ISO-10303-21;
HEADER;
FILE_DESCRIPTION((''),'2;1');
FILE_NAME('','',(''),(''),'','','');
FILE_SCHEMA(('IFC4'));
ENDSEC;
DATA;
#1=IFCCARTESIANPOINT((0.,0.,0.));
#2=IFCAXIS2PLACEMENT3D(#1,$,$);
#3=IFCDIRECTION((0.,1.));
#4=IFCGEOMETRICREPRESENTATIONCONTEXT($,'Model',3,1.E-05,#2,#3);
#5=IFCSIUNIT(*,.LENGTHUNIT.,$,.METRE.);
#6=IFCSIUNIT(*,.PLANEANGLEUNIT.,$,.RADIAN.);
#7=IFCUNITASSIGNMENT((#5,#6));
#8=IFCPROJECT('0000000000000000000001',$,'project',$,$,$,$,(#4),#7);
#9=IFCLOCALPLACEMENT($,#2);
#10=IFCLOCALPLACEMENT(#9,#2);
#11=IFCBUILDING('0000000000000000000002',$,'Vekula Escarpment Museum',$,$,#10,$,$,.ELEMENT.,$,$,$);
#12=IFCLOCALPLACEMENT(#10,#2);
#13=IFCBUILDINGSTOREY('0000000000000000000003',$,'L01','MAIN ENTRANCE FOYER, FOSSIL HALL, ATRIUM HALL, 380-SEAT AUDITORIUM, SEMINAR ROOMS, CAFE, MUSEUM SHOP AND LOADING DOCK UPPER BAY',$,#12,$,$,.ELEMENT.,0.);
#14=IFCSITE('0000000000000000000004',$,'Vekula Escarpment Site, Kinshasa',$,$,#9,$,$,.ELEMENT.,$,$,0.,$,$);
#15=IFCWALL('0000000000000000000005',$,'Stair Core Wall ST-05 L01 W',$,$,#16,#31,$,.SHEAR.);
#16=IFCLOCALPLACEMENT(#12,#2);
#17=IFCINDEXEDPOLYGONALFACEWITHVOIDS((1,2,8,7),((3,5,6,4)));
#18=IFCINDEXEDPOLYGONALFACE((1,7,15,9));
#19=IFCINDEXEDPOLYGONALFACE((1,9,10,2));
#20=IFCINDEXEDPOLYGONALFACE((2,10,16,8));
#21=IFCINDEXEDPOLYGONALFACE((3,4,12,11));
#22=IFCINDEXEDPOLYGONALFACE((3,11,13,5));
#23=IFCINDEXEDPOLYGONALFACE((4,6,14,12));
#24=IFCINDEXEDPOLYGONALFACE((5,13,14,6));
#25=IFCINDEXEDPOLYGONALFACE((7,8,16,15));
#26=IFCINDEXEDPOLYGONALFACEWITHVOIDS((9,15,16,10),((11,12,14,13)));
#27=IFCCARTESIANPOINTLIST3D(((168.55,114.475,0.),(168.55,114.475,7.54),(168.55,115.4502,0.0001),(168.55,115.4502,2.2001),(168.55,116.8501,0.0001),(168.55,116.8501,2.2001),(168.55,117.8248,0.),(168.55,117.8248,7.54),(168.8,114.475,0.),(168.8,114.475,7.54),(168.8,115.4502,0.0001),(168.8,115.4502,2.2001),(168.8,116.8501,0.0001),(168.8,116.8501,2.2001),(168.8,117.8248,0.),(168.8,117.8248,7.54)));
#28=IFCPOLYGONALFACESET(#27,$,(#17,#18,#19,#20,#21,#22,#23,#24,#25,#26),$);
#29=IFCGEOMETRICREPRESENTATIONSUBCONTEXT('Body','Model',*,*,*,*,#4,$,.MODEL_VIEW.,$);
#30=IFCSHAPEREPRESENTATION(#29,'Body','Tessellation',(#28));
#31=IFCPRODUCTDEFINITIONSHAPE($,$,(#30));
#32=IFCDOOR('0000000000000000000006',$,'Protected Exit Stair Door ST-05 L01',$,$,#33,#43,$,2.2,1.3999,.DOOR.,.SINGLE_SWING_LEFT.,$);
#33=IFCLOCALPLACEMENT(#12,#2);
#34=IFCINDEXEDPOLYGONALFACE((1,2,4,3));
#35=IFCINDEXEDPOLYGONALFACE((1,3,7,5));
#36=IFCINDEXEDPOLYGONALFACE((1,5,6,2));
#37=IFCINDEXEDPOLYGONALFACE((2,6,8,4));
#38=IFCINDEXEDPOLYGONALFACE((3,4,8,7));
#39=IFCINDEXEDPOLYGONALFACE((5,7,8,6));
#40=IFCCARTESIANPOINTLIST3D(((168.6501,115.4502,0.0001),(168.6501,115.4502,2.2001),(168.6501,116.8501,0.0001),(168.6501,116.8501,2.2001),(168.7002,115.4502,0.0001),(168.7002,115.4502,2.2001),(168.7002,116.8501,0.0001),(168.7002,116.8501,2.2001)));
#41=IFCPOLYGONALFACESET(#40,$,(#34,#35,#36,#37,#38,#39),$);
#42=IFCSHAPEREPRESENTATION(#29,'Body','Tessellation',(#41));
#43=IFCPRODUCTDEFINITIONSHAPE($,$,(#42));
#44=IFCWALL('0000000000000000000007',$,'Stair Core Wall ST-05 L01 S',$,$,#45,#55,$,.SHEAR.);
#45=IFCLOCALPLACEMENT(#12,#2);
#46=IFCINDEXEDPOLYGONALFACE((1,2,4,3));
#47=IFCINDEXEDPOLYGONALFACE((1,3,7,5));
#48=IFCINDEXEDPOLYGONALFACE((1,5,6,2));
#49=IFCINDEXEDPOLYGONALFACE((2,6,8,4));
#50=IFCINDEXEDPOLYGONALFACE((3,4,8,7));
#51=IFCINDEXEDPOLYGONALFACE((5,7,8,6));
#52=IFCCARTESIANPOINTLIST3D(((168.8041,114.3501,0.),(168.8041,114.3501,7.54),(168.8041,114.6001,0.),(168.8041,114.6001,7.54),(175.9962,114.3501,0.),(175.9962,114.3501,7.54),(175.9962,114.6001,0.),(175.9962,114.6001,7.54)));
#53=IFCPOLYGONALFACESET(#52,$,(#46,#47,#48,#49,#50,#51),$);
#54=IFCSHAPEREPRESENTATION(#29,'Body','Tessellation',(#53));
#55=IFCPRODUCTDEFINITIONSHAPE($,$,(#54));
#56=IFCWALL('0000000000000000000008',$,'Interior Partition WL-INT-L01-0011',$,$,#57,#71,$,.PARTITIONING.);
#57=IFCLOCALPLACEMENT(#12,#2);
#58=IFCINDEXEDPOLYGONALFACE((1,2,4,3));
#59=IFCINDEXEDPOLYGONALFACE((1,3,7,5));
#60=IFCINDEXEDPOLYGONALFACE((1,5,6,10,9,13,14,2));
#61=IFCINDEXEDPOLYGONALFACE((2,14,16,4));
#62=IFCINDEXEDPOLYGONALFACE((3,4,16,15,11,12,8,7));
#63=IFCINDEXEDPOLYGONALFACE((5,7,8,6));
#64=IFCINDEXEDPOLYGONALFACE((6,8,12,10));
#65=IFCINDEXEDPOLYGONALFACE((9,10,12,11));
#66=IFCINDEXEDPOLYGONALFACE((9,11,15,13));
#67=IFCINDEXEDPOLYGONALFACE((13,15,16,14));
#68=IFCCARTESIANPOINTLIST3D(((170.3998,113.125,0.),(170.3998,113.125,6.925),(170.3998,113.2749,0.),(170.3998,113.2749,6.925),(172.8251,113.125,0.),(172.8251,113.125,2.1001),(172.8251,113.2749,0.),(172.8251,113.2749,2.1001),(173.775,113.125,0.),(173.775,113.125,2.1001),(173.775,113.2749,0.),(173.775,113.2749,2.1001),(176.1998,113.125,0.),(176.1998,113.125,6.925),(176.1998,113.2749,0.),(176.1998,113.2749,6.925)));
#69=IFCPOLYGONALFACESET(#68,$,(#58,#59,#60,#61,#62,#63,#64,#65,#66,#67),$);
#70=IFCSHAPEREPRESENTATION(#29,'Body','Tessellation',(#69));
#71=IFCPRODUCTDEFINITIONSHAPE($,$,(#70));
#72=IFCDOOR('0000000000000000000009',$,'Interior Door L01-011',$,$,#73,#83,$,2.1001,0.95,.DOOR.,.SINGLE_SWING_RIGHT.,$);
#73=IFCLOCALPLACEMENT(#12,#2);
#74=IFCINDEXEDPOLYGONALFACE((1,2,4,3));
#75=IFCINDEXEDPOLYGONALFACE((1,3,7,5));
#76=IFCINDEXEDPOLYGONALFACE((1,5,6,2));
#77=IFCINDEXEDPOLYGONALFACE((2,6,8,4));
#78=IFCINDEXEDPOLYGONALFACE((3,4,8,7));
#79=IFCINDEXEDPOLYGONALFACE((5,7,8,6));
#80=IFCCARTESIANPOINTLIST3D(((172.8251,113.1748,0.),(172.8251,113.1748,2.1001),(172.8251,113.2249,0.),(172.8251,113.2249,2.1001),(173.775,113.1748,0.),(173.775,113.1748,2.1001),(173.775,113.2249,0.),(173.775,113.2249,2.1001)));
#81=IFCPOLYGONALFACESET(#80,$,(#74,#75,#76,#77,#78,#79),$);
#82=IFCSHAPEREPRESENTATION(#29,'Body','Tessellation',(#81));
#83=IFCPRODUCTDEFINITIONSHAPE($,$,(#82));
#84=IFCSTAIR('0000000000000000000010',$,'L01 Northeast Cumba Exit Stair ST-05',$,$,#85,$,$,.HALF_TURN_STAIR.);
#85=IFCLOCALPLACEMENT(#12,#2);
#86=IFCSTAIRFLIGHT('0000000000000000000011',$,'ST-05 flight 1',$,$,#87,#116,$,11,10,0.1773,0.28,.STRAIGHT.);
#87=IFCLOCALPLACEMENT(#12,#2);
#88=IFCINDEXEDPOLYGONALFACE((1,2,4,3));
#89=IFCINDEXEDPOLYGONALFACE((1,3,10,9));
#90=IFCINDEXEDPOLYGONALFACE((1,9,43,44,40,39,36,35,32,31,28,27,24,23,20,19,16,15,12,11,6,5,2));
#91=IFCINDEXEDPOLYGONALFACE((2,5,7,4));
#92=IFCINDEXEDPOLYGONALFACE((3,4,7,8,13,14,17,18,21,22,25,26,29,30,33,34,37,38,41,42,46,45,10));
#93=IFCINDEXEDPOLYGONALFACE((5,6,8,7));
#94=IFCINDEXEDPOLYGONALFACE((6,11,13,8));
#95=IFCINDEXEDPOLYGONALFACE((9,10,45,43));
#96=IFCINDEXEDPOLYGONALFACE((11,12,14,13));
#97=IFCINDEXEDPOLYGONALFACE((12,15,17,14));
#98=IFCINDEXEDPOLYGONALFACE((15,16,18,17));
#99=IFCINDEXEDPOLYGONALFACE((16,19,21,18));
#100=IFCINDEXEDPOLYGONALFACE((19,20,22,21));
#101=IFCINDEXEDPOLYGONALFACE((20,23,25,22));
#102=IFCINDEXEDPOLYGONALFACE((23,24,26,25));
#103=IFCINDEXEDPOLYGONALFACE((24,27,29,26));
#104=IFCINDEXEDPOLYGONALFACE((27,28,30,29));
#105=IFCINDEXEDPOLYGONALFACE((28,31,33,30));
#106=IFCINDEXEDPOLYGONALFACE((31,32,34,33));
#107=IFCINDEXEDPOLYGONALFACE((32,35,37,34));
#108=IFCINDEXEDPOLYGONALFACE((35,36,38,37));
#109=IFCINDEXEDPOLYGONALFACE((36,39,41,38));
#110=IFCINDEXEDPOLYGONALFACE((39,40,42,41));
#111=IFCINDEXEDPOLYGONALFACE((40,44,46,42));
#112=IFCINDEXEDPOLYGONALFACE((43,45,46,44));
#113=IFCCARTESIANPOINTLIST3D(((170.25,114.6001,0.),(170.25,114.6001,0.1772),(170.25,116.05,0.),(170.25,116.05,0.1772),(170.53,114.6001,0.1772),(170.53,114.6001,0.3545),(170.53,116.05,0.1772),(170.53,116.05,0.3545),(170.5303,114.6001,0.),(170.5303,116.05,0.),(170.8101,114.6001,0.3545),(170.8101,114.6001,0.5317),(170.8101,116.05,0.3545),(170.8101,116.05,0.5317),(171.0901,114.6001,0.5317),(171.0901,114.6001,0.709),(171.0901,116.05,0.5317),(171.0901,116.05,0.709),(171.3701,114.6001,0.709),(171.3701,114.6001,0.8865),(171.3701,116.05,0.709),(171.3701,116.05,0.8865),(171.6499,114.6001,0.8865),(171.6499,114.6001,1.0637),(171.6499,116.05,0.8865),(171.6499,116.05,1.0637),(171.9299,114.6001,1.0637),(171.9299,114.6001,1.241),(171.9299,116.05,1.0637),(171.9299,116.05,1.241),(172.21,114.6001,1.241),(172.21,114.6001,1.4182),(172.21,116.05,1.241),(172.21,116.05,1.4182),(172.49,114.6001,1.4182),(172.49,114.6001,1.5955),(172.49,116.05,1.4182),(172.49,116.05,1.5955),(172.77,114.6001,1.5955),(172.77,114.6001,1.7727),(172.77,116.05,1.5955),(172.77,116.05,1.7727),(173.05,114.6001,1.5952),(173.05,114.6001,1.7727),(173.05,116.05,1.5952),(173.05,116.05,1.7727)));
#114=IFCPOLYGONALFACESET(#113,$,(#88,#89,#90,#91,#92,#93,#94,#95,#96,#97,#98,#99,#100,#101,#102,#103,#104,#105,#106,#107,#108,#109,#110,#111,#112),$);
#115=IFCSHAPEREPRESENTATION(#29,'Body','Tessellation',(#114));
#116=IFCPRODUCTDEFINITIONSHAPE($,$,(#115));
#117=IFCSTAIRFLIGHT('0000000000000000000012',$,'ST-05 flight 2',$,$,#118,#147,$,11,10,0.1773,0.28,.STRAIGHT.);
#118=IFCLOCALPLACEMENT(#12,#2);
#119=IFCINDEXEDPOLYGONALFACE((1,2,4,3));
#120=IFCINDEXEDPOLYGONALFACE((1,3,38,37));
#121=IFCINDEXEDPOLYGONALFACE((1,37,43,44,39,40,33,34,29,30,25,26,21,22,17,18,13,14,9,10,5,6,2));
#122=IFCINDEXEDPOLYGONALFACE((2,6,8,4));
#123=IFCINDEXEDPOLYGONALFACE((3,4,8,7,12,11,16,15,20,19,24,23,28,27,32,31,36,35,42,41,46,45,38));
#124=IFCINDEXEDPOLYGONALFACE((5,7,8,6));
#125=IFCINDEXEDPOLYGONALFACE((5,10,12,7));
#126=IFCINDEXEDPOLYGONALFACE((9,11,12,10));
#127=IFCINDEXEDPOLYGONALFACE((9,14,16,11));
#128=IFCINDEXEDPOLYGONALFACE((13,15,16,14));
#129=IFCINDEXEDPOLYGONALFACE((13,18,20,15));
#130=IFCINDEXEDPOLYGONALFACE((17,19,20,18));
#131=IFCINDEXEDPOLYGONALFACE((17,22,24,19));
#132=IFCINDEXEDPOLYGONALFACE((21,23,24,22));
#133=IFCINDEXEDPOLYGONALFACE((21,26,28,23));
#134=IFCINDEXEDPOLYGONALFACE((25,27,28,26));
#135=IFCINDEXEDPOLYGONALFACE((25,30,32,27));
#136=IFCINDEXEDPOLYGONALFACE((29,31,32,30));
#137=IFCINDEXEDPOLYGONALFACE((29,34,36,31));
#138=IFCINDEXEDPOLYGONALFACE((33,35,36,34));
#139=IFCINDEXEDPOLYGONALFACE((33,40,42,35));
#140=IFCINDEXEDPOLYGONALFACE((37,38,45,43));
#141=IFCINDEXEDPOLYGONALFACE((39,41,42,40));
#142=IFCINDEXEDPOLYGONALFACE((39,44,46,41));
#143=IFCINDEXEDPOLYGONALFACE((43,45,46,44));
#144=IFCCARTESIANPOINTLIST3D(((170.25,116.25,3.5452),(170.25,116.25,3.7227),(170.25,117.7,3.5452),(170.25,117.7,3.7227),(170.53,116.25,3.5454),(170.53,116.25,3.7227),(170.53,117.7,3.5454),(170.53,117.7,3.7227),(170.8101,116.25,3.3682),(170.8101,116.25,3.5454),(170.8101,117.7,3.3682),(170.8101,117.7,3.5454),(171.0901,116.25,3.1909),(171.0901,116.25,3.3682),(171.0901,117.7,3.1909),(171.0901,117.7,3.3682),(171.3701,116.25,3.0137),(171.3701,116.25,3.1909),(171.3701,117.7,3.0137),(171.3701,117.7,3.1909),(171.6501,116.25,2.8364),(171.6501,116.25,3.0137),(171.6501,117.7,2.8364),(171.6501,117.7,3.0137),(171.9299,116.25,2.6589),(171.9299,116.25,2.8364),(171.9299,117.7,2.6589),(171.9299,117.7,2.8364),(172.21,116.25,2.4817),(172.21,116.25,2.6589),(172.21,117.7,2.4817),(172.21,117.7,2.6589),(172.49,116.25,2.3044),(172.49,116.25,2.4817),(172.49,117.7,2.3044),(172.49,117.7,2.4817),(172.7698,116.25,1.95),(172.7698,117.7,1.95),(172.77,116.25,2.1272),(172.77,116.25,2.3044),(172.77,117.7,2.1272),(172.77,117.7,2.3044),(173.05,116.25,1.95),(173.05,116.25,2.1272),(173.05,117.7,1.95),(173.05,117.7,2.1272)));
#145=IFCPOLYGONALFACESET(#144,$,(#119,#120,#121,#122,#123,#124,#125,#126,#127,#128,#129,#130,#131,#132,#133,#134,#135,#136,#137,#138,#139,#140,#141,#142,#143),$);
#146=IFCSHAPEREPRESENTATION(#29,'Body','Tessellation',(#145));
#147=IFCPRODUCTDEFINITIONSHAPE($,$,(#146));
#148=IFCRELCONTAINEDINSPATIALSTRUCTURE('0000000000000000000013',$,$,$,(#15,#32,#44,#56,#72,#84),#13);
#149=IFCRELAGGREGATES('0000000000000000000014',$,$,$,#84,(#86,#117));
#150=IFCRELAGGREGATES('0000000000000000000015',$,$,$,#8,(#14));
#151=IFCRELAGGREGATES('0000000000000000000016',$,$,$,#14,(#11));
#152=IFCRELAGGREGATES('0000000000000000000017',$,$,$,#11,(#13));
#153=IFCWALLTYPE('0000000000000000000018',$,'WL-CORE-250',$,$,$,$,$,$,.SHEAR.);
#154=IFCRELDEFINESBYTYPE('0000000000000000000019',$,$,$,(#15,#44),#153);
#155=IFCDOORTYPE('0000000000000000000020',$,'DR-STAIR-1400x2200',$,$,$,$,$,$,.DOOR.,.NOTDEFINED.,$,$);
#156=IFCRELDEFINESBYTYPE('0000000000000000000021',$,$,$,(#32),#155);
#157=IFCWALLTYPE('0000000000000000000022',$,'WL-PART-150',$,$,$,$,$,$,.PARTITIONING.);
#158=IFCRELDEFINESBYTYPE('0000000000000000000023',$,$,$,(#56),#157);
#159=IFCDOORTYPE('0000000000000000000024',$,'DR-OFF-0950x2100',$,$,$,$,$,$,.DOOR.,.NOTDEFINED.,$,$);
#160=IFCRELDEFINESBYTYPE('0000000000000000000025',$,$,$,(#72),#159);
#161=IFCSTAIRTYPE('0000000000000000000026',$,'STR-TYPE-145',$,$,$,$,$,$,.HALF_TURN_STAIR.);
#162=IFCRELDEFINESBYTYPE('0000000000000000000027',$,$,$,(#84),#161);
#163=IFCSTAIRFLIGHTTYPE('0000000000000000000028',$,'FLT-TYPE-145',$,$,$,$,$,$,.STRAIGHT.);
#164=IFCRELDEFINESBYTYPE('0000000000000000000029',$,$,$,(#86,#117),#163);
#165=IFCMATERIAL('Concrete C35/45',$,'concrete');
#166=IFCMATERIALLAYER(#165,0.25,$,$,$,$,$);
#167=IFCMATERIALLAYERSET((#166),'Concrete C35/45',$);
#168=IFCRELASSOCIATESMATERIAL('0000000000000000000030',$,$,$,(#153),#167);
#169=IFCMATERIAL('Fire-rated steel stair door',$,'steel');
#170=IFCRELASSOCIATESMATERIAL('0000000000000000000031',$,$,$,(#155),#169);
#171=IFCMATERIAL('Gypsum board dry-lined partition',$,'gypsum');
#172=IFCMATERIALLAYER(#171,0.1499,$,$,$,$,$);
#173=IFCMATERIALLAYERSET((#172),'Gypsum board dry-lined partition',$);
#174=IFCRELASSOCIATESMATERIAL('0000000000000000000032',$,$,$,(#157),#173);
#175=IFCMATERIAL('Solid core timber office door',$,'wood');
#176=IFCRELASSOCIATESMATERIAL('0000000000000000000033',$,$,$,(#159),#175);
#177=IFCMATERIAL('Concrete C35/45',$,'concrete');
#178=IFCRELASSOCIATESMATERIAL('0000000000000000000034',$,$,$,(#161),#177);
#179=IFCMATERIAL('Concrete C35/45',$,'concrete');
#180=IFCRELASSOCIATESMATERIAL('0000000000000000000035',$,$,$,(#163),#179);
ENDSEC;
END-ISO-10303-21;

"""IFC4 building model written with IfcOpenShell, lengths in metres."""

from ifc_helpers import new_model, si_unit, direction, frame, frame_2d, origin, place, context, subcontext, project, spatial, polyline, rectangle, outline, extrude, material, layer, layer_set, type_object, element, fill, aggregate, save


model = new_model("IFC4")

# Units and contexts
model_context = context("Model", 3, precision=1e-05, world=origin(), true_north=direction((0.0, 1.0)))
body_context = subcontext(model_context, "Body", "Model", "MODEL_VIEW")
ifc_project = project(units=[si_unit("LENGTHUNIT", "METRE"), si_unit("PLANEANGLEUNIT", "RADIAN")], contexts=[model_context])

# Site, building, storey
site_placement = place(None, origin())
site = spatial("IfcSite", under=ifc_project, at=site_placement, Name="Vekula Escarpment Site, Kinshasa", CompositionType="ELEMENT", RefElevation=0.0)
building_placement = place(site_placement, origin())
building = spatial("IfcBuilding", under=site, at=building_placement, Name="Vekula Escarpment Museum", CompositionType="ELEMENT")
storey_placement = place(building_placement, origin())
storey = spatial("IfcBuildingStorey", under=building, at=storey_placement, Name="L01", Description="MAIN ENTRANCE FOYER, FOSSIL HALL, ATRIUM HALL, 380-SEAT AUDITORIUM, SEMINAR ROOMS, CAFE, MUSEUM SHOP AND LOADING DOCK UPPER BAY", CompositionType="ELEMENT", Elevation=0.0)

# Wall, opening, door
ifc_material_1 = material(Name="Concrete C35/45", Category="concrete")
ifc_layer_1 = layer(ifc_material_1, 0.25)
ifc_layer_set_1 = layer_set([ifc_layer_1], Name="Concrete C35/45")
wall_type_1 = type_object("IfcWallType", Name="WL-CORE-250", PredefinedType="SHEAR", material=ifc_layer_set_1)
wall_1_placement = place(storey_placement, frame((168.675, 114.4751, 0.0), z_axis=(0.0, 0.0, 1.0), x_axis=(0.0, 1.0, 0.0)))
wall_1 = element("IfcWall", 1, at=wall_1_placement, inside=storey, type_object=wall_type_1, Name="Stair Core Wall ST-05 L01 W", PredefinedType="SHEAR", context=body_context, shape_type="SweptSolid", body=[
    extrude(rectangle(XDim=3.3499, YDim=0.25, at=frame_2d((1.6748, 0.0))), origin(), (0.0, 0.0, 1.0), 7.54),
])
opening_1_placement = place(wall_1_placement, frame((0.9751, 0.0, 0.0)))
opening_1 = element("IfcOpeningElement", 2, at=opening_1_placement, cuts=wall_1, PredefinedType="OPENING", context=body_context, shape_type="SweptSolid", body=[
    extrude(rectangle(XDim=1.3999, YDim=2.2, at=frame_2d((0.7, 1.1001))), frame((0.0, 0.135, 0.0), z_axis=(0.0, -1.0, 0.0), x_axis=(1.0, 0.0, 0.0)), (0.0, 0.0, 1.0), 0.27),
])
ifc_material_2 = material(Name="Fire-rated steel stair door", Category="steel")
door_type_1 = type_object("IfcDoorType", Name="DR-STAIR-1400x2200", OperationType="NOTDEFINED", PredefinedType="DOOR", material=ifc_material_2)
door_1_placement = place(opening_1_placement, origin())
door_1 = element("IfcDoor", 3, at=door_1_placement, inside=storey, type_object=door_type_1, Name="Protected Exit Stair Door ST-05 L01", OperationType="SINGLE_SWING_LEFT", OverallHeight=2.2, OverallWidth=1.3999, PredefinedType="DOOR", context=body_context, shape_type="SweptSolid", body=[
    extrude(rectangle(XDim=1.3999, YDim=2.2, at=frame_2d((0.7, 1.1001))), frame((0.0, 0.0249, 0.0), z_axis=(0.0, -1.0, 0.0), x_axis=(1.0, 0.0, 0.0)), (0.0, 0.0, 1.0), 0.05),
])
fill(opening_1, door_1)

# Wall
wall_2_placement = place(storey_placement, frame((168.804, 114.4751, 0.0), z_axis=(0.0, 0.0, 1.0), x_axis=(1.0, 0.0, 0.0)))
element("IfcWall", 4, at=wall_2_placement, inside=storey, type_object=wall_type_1, Name="Stair Core Wall ST-05 L01 S", PredefinedType="SHEAR", context=body_context, shape_type="SweptSolid", body=[
    extrude(rectangle(XDim=7.1921, YDim=0.25, at=frame_2d((3.5962, 0.0))), origin(), (0.0, 0.0, 1.0), 7.54),
])

# Wall, opening, door
ifc_material_3 = material(Name="Gypsum board dry-lined partition", Category="gypsum")
ifc_layer_2 = layer(ifc_material_3, 0.1499)
ifc_layer_set_2 = layer_set([ifc_layer_2], Name="Gypsum board dry-lined partition")
wall_type_2 = type_object("IfcWallType", Name="WL-PART-150", PredefinedType="PARTITIONING", material=ifc_layer_set_2)
wall_3_placement = place(storey_placement, frame((170.3999, 113.2, 0.0), z_axis=(0.0, 0.0, 1.0), x_axis=(1.0, 0.0, 0.0)))
wall_3 = element("IfcWall", 5, at=wall_3_placement, inside=storey, type_object=wall_type_2, Name="Interior Partition WL-INT-L01-0011", PredefinedType="PARTITIONING", context=body_context, shape_type="SweptSolid", body=[
    extrude(rectangle(XDim=5.8, YDim=0.1499, at=frame_2d((2.8999, 0.0))), origin(), (0.0, 0.0, 1.0), 6.925),
])
opening_2_placement = place(wall_3_placement, frame((2.425, 0.0, 0.0)))
opening_2 = element("IfcOpeningElement", 6, at=opening_2_placement, cuts=wall_3, PredefinedType="OPENING", context=body_context, shape_type="SweptSolid", body=[
    extrude(rectangle(XDim=0.95, YDim=2.1001, at=frame_2d((0.4751, 1.05))), frame((0.0, 0.085, 0.0), z_axis=(0.0, -1.0, 0.0), x_axis=(1.0, 0.0, 0.0)), (0.0, 0.0, 1.0), 0.1699),
])
ifc_material_4 = material(Name="Solid core timber office door", Category="wood")
door_type_2 = type_object("IfcDoorType", Name="DR-OFF-0950x2100", OperationType="NOTDEFINED", PredefinedType="DOOR", material=ifc_material_4)
door_2_placement = place(opening_2_placement, origin())
door_2 = element("IfcDoor", 7, at=door_2_placement, inside=storey, type_object=door_type_2, Name="Interior Door L01-011", OperationType="SINGLE_SWING_RIGHT", OverallHeight=2.1001, OverallWidth=0.95, PredefinedType="DOOR", context=body_context, shape_type="SweptSolid", body=[
    extrude(rectangle(XDim=0.95, YDim=2.1001, at=frame_2d((0.4751, 1.05))), frame((0.0, 0.0249, 0.0), z_axis=(0.0, -1.0, 0.0), x_axis=(1.0, 0.0, 0.0)), (0.0, 0.0, 1.0), 0.05),
])
fill(opening_2, door_2)

# Stair, stair flights
ifc_material_5 = material(Name="Concrete C35/45", Category="concrete")
stair_type = type_object("IfcStairType", Name="STR-TYPE-145", PredefinedType="HALF_TURN_STAIR", material=ifc_material_5)
stair_placement = place(storey_placement, origin())
stair = element("IfcStair", 8, at=stair_placement, inside=storey, type_object=stair_type, Name="L01 Northeast Cumba Exit Stair ST-05", PredefinedType="HALF_TURN_STAIR")
ifc_material_6 = material(Name="Concrete C35/45", Category="concrete")
stair_flight_type = type_object("IfcStairFlightType", Name="FLT-TYPE-145", PredefinedType="STRAIGHT", material=ifc_material_6)
stair_flight_1_placement = place(storey_placement, frame((170.25, 115.325, 0.0), z_axis=(0.0, 0.0, 1.0), x_axis=(1.0, 0.0, 0.0)))
stair_flight_1 = element("IfcStairFlight", 9, at=stair_flight_1_placement, type_object=stair_flight_type, Name="ST-05 flight 1", NumberOfRisers=11, NumberOfTreads=10, PredefinedType="STRAIGHT", RiserHeight=0.1773, TreadLength=0.28, context=body_context, shape_type="SweptSolid", body=[
    extrude(outline(polyline([(0.0, 0.0), (0.0, 0.1772), (0.28, 0.1772), (0.28, 0.3545), (0.5601, 0.3545), (0.5601, 0.5317), (0.8401, 0.5317), (0.8401, 0.709), (1.1201, 0.709), (1.1201, 0.8865), (1.3999, 0.8865), (1.3999, 1.0637), (1.6799, 1.0637), (1.6799, 1.241), (1.96, 1.241), (1.96, 1.4182), (2.24, 1.4182), (2.24, 1.5955), (2.52, 1.5955), (2.52, 1.7727), (2.8, 1.7727), (2.8, 1.95), (2.8, 1.5952), (0.2803, 0.0), (0.0, 0.0)])), frame((0.0, 0.7251, 0.0), z_axis=(0.0, -1.0, 0.0), x_axis=(1.0, 0.0, 0.0)), (0.0, 0.0, 1.0), 1.45),
])
stair_flight_2_placement = place(storey_placement, frame((173.05, 116.9751, 1.95), z_axis=(0.0, 0.0, 1.0), x_axis=(-1.0, 0.0, 0.0)))
stair_flight_2 = element("IfcStairFlight", 10, at=stair_flight_2_placement, type_object=stair_flight_type, Name="ST-05 flight 2", NumberOfRisers=11, NumberOfTreads=10, PredefinedType="STRAIGHT", RiserHeight=0.1773, TreadLength=0.28, context=body_context, shape_type="SweptSolid", body=[
    extrude(outline(polyline([(0.0, 0.0), (0.0, 0.1772), (0.28, 0.1772), (0.28, 0.3545), (0.5601, 0.3545), (0.5601, 0.5317), (0.8401, 0.5317), (0.8401, 0.709), (1.1201, 0.709), (1.1201, 0.8865), (1.3999, 0.8865), (1.3999, 1.0637), (1.6799, 1.0637), (1.6799, 1.241), (1.96, 1.241), (1.96, 1.4182), (2.24, 1.4182), (2.24, 1.5955), (2.52, 1.5955), (2.52, 1.7727), (2.8, 1.7727), (2.8, 1.95), (2.8, 1.5952), (0.2803, 0.0), (0.0, 0.0)])), frame((0.0, 0.7251, 0.0), z_axis=(0.0, -1.0, 0.0), x_axis=(1.0, 0.0, 0.0)), (0.0, 0.0, 1.0), 1.45),
])
aggregate(stair, [stair_flight_1, stair_flight_2])

save(model, "model.ifc")
